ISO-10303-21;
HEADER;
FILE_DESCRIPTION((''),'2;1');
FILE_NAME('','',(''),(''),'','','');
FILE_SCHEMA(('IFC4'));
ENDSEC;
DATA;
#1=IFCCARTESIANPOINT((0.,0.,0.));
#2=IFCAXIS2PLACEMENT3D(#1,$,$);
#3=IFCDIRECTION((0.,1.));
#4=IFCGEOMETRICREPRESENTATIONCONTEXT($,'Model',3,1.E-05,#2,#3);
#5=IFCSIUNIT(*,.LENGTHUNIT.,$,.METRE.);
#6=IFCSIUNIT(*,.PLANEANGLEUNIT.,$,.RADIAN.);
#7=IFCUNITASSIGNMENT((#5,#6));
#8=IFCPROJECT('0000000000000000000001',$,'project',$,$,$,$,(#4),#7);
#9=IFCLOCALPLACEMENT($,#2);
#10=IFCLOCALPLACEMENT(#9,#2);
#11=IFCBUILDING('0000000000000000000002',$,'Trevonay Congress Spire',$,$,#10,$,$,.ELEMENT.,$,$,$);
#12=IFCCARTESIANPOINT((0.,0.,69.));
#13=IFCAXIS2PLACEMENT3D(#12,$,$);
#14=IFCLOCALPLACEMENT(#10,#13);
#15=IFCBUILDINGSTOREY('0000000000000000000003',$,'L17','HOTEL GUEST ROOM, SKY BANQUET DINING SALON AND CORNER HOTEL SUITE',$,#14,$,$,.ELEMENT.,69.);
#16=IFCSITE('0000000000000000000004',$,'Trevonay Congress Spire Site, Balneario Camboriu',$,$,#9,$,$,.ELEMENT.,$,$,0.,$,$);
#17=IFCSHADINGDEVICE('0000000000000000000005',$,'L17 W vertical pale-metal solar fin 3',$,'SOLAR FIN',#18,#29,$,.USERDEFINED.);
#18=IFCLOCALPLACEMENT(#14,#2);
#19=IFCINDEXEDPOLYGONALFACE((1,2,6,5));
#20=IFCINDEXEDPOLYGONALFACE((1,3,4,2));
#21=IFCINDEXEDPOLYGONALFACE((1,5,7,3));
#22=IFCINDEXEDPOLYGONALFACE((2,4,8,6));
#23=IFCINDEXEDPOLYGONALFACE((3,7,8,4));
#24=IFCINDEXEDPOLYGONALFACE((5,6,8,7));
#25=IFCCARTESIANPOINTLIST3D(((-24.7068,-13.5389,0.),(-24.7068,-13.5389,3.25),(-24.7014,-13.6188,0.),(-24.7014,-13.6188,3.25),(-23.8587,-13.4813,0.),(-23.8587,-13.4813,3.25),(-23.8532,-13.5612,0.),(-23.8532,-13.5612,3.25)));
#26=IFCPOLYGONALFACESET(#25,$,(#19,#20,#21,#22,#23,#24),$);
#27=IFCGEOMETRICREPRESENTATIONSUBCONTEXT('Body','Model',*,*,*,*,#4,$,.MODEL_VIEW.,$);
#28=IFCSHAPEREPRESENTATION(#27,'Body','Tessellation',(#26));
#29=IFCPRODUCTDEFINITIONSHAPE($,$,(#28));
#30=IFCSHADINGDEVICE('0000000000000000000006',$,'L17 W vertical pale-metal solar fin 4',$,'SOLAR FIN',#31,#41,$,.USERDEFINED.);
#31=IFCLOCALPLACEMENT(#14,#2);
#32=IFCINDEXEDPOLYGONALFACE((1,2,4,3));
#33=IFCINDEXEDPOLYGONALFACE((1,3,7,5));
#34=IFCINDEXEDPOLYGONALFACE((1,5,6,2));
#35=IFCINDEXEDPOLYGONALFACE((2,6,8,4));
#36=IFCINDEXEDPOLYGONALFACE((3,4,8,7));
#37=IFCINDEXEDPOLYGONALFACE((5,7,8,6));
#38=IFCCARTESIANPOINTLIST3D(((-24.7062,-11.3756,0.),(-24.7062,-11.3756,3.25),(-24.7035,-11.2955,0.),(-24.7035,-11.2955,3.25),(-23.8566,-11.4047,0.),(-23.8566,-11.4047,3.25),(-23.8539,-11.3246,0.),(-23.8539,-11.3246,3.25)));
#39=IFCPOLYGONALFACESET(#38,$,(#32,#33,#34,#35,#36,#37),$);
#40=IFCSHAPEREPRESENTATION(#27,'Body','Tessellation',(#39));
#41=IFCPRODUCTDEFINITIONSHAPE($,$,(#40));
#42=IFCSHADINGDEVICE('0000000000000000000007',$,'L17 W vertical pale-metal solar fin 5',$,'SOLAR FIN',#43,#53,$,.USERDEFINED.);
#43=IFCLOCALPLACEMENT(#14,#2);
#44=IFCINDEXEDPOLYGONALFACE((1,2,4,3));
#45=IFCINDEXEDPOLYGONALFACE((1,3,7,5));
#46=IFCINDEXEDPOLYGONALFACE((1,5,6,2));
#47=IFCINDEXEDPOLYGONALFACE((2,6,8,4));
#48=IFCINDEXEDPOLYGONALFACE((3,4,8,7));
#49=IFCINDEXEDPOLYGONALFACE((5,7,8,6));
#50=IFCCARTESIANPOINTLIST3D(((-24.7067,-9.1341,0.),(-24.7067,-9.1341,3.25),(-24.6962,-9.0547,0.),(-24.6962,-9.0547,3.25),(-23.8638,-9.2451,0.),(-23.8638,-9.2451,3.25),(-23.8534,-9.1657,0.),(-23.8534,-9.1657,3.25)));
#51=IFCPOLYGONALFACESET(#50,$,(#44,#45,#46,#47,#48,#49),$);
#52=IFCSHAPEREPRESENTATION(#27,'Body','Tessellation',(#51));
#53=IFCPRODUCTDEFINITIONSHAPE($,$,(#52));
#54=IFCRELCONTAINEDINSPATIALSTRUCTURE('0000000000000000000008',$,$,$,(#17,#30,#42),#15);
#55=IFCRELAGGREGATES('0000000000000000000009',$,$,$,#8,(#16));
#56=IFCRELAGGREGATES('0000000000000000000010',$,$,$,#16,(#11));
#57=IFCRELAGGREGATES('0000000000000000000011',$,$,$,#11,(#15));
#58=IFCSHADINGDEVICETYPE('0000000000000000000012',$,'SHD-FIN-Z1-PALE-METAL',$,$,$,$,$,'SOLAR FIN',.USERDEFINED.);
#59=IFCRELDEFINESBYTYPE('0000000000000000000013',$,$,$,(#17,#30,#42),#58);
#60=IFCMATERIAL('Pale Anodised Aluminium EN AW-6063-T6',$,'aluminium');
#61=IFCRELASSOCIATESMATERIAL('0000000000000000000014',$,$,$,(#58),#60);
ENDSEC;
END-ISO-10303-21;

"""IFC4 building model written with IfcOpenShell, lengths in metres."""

from ifc_helpers import new_model, si_unit, direction, frame, origin, origin_2d, place, context, subcontext, project, spatial, rectangle, extrude, material, type_object, element, save


model = new_model("IFC4")

# Units and contexts
model_context = context("Model", 3, precision=1e-05, world=origin(), true_north=direction((0.0, 1.0)))
body_context = subcontext(model_context, "Body", "Model", "MODEL_VIEW")
ifc_project = project(units=[si_unit("LENGTHUNIT", "METRE"), si_unit("PLANEANGLEUNIT", "RADIAN")], contexts=[model_context])

# Site, building, storey
site_placement = place(None, origin())
site = spatial("IfcSite", under=ifc_project, at=site_placement, Name="Trevonay Congress Spire Site, Balneario Camboriu", CompositionType="ELEMENT", RefElevation=0.0)
building_placement = place(site_placement, origin())
building = spatial("IfcBuilding", under=site, at=building_placement, Name="Trevonay Congress Spire", CompositionType="ELEMENT")
storey_placement = place(building_placement, frame((0.0, 0.0, 69.0)))
storey = spatial("IfcBuildingStorey", under=building, at=storey_placement, Name="L17", Description="HOTEL GUEST ROOM, SKY BANQUET DINING SALON AND CORNER HOTEL SUITE", CompositionType="ELEMENT", Elevation=69.0)

# Shared definitions
ifc_material_1 = material(Name="Pale Anodised Aluminium EN AW-6063-T6", Category="aluminium")

# Shading devices
shading_device_type = type_object("IfcShadingDeviceType", Name="SHD-FIN-Z1-PALE-METAL", ElementType="SOLAR FIN", PredefinedType="USERDEFINED", material=ifc_material_1)
for number, where, z_axis, x_axis, name in (
    (1, (-24.28, -13.55, 0.0), (0.0, 0.0, 1.0), (-0.067667, 0.997708, 0.0), "L17 W vertical pale-metal solar fin 3"),
    (2, (-24.28, -11.3501, 0.0), (0.0, 0.0, 1.0), (0.034202, 0.999415, 0.0), "L17 W vertical pale-metal solar fin 4"),
    (3, (-24.28, -9.1499, 0.0), (0.0, 0.0, 1.0), (0.130526, 0.991445, 0.0), "L17 W vertical pale-metal solar fin 5"),
):
    element("IfcShadingDevice", number, at=place(storey_placement, frame(where, z_axis=z_axis, x_axis=x_axis)), inside=storey, type_object=shading_device_type, Name=name, ObjectType="SOLAR FIN", PredefinedType="USERDEFINED", context=body_context, shape_type="SweptSolid", body=[
        extrude(rectangle(XDim=0.0801, YDim=0.8501, at=origin_2d()), origin(), (0.0, 0.0, 1.0), 3.25),
    ])

save(model, "model.ifc")
